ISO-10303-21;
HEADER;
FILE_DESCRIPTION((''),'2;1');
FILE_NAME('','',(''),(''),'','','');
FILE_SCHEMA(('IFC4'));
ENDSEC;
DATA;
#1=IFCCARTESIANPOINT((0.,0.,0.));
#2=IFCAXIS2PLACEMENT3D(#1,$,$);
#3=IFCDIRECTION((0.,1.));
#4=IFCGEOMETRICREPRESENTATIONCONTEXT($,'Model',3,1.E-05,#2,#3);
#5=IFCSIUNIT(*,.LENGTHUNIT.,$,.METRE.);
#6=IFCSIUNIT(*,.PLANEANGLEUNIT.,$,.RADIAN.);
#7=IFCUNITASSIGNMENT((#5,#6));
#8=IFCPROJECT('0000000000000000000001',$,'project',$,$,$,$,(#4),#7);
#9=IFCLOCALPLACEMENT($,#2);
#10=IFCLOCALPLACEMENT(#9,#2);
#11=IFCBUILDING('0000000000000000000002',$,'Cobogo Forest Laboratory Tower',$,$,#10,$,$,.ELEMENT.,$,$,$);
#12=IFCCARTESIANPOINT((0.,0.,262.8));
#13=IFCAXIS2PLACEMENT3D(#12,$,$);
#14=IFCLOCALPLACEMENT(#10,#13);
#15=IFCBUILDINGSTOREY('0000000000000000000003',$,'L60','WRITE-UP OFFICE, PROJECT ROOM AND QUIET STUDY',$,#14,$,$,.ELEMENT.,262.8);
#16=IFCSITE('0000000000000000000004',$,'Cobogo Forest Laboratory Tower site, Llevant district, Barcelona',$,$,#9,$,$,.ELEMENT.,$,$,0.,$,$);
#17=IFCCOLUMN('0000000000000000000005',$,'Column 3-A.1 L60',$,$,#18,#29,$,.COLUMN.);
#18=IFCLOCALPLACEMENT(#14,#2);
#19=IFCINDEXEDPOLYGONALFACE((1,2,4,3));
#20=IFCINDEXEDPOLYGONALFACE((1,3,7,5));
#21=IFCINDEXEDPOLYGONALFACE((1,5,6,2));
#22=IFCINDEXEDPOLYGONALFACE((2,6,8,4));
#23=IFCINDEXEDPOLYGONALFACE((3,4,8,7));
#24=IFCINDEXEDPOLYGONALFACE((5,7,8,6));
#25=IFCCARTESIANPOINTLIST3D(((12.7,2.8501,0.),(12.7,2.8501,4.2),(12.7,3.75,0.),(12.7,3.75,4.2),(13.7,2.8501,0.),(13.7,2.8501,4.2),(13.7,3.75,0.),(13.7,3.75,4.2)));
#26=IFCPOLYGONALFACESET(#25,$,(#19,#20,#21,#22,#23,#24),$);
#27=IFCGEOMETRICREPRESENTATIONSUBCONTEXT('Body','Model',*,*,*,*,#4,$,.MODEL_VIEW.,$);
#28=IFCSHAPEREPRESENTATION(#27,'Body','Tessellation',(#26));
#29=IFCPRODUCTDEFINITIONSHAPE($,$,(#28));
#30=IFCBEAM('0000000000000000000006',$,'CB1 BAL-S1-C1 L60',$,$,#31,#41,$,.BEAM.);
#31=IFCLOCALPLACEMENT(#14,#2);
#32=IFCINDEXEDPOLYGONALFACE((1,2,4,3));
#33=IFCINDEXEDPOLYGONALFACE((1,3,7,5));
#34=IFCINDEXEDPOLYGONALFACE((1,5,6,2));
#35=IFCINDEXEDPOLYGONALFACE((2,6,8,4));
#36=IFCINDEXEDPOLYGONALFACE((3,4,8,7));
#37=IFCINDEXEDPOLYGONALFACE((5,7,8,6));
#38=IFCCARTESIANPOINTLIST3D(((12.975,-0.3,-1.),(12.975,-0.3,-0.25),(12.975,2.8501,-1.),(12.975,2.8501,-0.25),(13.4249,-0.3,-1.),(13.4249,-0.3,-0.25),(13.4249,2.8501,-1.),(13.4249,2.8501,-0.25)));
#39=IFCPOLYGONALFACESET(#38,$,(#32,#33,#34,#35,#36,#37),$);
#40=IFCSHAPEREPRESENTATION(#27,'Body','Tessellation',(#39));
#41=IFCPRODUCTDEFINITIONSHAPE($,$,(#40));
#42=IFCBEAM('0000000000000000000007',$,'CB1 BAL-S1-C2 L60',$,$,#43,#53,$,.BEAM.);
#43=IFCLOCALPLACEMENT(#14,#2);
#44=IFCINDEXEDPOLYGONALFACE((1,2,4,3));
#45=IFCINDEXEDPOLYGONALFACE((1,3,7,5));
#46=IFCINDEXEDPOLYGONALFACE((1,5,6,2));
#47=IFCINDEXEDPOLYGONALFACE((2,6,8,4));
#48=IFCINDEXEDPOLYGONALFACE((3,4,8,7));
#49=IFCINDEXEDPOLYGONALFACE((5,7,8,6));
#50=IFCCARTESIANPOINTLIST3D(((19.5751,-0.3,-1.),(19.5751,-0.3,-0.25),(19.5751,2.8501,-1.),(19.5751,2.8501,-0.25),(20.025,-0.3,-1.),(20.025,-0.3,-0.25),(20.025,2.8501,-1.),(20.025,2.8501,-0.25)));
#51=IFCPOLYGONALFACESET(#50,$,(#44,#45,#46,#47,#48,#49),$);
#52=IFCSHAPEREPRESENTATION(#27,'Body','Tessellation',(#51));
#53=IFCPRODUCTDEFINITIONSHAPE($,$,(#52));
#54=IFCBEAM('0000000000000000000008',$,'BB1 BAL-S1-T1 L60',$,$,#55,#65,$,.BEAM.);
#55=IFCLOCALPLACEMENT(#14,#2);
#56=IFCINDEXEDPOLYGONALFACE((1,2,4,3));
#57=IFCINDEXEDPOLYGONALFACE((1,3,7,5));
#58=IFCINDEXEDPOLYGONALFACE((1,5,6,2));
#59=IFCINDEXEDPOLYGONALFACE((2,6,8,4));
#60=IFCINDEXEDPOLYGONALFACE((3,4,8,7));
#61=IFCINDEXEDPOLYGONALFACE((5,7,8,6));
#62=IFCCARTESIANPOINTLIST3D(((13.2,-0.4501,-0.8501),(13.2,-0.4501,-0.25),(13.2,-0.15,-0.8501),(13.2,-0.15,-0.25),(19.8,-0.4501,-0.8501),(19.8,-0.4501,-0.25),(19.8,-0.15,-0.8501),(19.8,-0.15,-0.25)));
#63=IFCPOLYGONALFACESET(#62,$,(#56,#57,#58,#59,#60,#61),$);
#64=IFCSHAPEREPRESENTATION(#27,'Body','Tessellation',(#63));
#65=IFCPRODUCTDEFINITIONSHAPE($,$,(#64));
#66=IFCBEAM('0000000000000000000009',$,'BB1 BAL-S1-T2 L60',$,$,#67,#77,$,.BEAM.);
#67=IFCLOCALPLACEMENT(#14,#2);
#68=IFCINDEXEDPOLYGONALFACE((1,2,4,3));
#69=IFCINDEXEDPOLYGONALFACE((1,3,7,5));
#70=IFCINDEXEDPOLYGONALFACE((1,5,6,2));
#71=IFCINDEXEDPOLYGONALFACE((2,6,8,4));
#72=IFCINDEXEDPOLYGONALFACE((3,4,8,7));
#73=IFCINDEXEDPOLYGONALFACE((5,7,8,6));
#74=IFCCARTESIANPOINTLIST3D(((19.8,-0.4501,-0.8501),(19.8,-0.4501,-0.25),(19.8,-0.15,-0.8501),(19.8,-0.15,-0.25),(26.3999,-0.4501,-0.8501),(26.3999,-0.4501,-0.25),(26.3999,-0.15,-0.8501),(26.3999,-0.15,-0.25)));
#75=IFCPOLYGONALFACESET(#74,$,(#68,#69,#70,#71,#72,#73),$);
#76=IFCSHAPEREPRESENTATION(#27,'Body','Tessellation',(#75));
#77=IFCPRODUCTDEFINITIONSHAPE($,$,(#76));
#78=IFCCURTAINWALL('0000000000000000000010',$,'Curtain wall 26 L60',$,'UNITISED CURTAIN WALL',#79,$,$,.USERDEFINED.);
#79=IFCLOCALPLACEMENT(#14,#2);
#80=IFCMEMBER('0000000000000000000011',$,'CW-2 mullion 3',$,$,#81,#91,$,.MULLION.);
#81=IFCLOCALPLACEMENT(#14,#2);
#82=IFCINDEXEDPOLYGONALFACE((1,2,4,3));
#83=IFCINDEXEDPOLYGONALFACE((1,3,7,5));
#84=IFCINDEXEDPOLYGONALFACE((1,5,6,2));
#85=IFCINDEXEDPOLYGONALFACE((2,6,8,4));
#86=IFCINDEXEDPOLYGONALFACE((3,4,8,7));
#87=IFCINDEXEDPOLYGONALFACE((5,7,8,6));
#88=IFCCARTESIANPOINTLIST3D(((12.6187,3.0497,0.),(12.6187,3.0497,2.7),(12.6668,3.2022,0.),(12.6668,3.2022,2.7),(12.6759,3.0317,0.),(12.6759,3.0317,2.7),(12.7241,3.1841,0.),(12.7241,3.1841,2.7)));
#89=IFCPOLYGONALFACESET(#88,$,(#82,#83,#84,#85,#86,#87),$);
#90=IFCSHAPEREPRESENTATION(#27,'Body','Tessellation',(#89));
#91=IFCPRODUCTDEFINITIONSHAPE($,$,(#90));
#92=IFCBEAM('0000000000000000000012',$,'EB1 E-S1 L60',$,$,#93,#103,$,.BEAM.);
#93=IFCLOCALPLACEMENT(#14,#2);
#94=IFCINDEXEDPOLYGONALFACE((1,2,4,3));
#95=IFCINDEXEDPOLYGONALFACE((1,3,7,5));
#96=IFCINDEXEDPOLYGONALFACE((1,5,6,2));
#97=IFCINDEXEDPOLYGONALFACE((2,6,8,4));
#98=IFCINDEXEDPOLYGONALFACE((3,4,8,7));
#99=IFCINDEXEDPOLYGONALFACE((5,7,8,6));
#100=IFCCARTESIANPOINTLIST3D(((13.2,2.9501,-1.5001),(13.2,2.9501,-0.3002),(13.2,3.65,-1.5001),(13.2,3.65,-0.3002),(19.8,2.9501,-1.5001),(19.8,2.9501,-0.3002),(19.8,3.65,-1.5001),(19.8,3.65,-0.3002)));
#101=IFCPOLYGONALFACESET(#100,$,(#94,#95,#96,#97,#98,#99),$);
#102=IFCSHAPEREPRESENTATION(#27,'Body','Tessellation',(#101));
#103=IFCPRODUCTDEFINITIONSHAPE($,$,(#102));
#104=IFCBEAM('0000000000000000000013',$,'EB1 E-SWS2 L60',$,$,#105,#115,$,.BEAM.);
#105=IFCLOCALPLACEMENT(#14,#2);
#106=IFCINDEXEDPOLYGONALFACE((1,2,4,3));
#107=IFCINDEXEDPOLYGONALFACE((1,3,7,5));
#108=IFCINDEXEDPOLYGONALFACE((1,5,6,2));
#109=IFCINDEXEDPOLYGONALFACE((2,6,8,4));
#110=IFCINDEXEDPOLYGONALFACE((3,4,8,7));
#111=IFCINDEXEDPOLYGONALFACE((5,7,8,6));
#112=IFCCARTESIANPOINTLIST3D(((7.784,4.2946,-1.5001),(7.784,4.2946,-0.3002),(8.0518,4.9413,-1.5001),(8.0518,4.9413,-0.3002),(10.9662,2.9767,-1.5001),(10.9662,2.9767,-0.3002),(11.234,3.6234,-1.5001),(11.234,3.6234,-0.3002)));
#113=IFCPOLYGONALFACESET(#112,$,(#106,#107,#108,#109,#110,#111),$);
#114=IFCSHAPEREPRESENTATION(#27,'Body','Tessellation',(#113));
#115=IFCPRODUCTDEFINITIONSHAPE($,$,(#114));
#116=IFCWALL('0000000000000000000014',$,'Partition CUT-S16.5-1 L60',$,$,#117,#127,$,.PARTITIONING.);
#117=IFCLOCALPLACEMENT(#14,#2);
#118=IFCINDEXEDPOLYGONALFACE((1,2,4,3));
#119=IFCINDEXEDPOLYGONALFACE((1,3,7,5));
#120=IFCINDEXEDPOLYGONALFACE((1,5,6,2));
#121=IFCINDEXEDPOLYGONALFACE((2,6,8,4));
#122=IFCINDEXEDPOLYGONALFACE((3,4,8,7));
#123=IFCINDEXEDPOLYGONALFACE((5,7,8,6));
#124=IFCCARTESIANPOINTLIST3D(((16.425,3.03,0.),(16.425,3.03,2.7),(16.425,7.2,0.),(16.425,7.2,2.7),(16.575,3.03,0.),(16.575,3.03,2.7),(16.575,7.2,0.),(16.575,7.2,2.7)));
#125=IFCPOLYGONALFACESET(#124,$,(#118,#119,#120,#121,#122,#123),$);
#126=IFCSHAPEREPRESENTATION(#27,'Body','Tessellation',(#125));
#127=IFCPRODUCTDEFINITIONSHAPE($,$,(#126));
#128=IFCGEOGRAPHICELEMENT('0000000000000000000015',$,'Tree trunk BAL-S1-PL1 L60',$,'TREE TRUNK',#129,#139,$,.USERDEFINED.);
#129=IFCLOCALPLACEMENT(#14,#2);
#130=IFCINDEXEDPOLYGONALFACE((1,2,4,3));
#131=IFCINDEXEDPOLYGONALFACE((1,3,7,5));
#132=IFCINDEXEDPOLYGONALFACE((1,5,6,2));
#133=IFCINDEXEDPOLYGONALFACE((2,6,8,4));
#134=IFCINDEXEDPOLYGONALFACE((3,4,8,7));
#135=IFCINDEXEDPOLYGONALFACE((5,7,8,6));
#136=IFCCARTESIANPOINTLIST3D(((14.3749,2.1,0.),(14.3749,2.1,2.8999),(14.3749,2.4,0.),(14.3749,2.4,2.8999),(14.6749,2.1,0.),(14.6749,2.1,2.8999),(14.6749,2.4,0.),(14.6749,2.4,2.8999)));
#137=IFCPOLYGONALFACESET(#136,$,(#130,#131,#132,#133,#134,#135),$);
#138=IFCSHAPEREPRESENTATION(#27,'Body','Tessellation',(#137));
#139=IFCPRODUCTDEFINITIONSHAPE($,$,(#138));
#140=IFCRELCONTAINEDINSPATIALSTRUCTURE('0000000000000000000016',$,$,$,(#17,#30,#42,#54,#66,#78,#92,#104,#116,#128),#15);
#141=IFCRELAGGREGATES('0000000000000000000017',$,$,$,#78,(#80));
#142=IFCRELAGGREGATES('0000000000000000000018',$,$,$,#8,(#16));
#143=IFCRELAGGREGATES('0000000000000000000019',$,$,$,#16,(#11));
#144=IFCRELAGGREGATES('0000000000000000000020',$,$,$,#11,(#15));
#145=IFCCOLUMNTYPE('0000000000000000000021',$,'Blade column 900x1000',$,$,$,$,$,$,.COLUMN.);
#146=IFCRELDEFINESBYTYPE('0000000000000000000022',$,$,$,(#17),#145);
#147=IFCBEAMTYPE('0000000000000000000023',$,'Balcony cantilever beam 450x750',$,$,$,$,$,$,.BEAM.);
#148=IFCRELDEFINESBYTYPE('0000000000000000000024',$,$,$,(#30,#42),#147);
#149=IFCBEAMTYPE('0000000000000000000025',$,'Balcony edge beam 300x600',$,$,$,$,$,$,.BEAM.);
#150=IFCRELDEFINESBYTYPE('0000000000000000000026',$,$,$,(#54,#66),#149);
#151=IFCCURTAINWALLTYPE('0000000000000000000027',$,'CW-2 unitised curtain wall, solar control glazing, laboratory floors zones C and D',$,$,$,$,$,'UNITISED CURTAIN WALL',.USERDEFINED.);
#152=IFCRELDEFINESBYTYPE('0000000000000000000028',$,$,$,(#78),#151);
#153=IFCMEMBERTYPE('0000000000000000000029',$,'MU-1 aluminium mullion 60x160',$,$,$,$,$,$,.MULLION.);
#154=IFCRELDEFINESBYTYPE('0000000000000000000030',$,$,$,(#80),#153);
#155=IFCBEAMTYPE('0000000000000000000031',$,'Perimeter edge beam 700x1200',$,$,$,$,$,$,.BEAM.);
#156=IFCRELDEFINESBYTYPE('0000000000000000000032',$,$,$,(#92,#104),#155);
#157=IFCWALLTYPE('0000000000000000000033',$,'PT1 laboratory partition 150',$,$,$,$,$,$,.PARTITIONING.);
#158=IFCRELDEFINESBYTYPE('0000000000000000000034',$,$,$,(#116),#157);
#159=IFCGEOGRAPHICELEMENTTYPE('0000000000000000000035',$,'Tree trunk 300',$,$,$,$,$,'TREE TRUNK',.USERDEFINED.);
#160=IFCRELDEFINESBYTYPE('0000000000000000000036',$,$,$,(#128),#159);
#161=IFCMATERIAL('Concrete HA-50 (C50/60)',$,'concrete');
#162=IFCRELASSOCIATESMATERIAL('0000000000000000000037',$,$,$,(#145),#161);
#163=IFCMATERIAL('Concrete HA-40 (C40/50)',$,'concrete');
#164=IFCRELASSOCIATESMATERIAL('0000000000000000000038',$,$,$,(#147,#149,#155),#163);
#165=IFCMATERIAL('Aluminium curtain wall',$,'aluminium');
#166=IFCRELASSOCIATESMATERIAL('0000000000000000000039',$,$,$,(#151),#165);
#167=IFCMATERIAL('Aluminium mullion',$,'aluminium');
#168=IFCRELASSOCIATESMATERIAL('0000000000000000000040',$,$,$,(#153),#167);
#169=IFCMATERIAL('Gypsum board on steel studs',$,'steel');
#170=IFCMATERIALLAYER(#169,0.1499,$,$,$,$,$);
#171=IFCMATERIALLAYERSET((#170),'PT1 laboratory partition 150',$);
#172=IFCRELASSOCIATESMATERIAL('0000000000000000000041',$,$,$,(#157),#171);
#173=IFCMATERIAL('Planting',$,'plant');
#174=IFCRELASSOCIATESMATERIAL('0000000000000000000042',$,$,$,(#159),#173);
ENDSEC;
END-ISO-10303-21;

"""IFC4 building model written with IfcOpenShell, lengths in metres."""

from ifc_helpers import new_model, si_unit, direction, frame, frame_2d, origin, origin_2d, place, context, subcontext, project, spatial, rectangle, extrude, material, layer, layer_set, material_profile, profile_set, type_object, element, aggregate, save


model = new_model("IFC4")

# Units and contexts
model_context = context("Model", 3, precision=1e-05, world=origin(), true_north=direction((0.0, 1.0)))
body_context = subcontext(model_context, "Body", "Model", "MODEL_VIEW")
ifc_project = project(units=[si_unit("LENGTHUNIT", "METRE"), si_unit("PLANEANGLEUNIT", "RADIAN")], contexts=[model_context])

# Site, building, storey
site_placement = place(None, origin())
site = spatial("IfcSite", under=ifc_project, at=site_placement, Name="Cobogo Forest Laboratory Tower site, Llevant district, Barcelona", CompositionType="ELEMENT", RefElevation=0.0)
building_placement = place(site_placement, origin())
building = spatial("IfcBuilding", under=site, at=building_placement, Name="Cobogo Forest Laboratory Tower", CompositionType="ELEMENT")
storey_placement = place(building_placement, frame((0.0, 0.0, 262.8)))
storey = spatial("IfcBuildingStorey", under=building, at=storey_placement, Name="L60", Description="WRITE-UP OFFICE, PROJECT ROOM AND QUIET STUDY", CompositionType="ELEMENT", Elevation=262.8)

# Column
ifc_material_1 = material(Name="Concrete HA-50 (C50/60)", Category="concrete")
ifc_material_profile_1 = material_profile(ifc_material_1, rectangle(XDim=1.0, YDim=0.8999, at=origin_2d()), Name="RC 900x1000")
ifc_profile_set_1 = profile_set([ifc_material_profile_1], Name="Concrete HA-50 (C50/60)")
column_type = type_object("IfcColumnType", Name="Blade column 900x1000", PredefinedType="COLUMN", material=ifc_profile_set_1)
column_placement = place(storey_placement, frame((13.2, 3.3, 0.0), z_axis=(0.0, 0.0, 1.0), x_axis=(1.0, 0.0, 0.0)))
element("IfcColumn", 1, at=column_placement, inside=storey, type_object=column_type, Name="Column 3-A.1 L60", PredefinedType="COLUMN", context=body_context, shape_type="SweptSolid", body=[
    extrude(rectangle(XDim=1.0, YDim=0.8999, at=origin_2d()), origin(), (0.0, 0.0, 1.0), 4.2),
])

# Beams
ifc_material_2 = material(Name="Concrete HA-40 (C40/50)", Category="concrete")
ifc_material_profile_2 = material_profile(ifc_material_2, rectangle(XDim=0.45, YDim=0.75, at=origin_2d()), Name="RC 450x750")
ifc_profile_set_2 = profile_set([ifc_material_profile_2], Name="Concrete HA-40 (C40/50)")
beam_type_1 = type_object("IfcBeamType", Name="Balcony cantilever beam 450x750", PredefinedType="BEAM", material=ifc_profile_set_2)
for number, where, z_axis, x_axis, name in (
    (2, (13.2, 2.8501, -0.625), (0.0, -1.0, 0.0), (1.0, 0.0, 0.0), "CB1 BAL-S1-C1 L60"),
    (3, (19.8, 2.8501, -0.625), (0.0, -1.0, 0.0), (1.0, 0.0, 0.0), "CB1 BAL-S1-C2 L60"),
):
    element("IfcBeam", number, at=place(storey_placement, frame(where, z_axis=z_axis, x_axis=x_axis)), inside=storey, type_object=beam_type_1, Name=name, PredefinedType="BEAM", context=body_context, shape_type="SweptSolid", body=[
        extrude(rectangle(XDim=0.45, YDim=0.75, at=origin_2d()), origin(), (0.0, 0.0, 1.0), 3.1501),
    ])
ifc_material_profile_3 = material_profile(ifc_material_2, rectangle(XDim=0.3, YDim=0.6001, at=origin_2d()), Name="RC 300x600")
ifc_profile_set_3 = profile_set([ifc_material_profile_3], Name="Concrete HA-40 (C40/50)")
beam_type_2 = type_object("IfcBeamType", Name="Balcony edge beam 300x600", PredefinedType="BEAM", material=ifc_profile_set_3)
beam_1_placement = place(storey_placement, frame((13.2, -0.3, -0.55), z_axis=(1.0, 0.0, 0.0), x_axis=(0.0, 1.0, 0.0)))
element("IfcBeam", 4, at=beam_1_placement, inside=storey, type_object=beam_type_2, Name="BB1 BAL-S1-T1 L60", PredefinedType="BEAM", context=body_context, shape_type="SweptSolid", body=[
    extrude(rectangle(XDim=0.3, YDim=0.6001, at=origin_2d()), origin(), (0.0, 0.0, 1.0), 6.6001),
])
beam_2_placement = place(storey_placement, frame((19.8, -0.3, -0.55), z_axis=(1.0, 0.0, 0.0), x_axis=(0.0, 1.0, 0.0)))
element("IfcBeam", 5, at=beam_2_placement, inside=storey, type_object=beam_type_2, Name="BB1 BAL-S1-T2 L60", PredefinedType="BEAM", context=body_context, shape_type="SweptSolid", body=[
    extrude(rectangle(XDim=0.3, YDim=0.6001, at=origin_2d()), origin(), (0.0, 0.0, 1.0), 6.5999),
])

# Curtain wall, member
ifc_material_3 = material(Name="Aluminium curtain wall", Category="aluminium")
curtain_wall_type = type_object("IfcCurtainWallType", Name="CW-2 unitised curtain wall, solar control glazing, laboratory floors zones C and D", ElementType="UNITISED CURTAIN WALL", PredefinedType="USERDEFINED", material=ifc_material_3)
curtain_wall_placement = place(storey_placement, origin())
curtain_wall = element("IfcCurtainWall", 6, at=curtain_wall_placement, inside=storey, type_object=curtain_wall_type, Name="Curtain wall 26 L60", ObjectType="UNITISED CURTAIN WALL", PredefinedType="USERDEFINED")
ifc_material_4 = material(Name="Aluminium mullion", Category="aluminium")
ifc_material_profile_4 = material_profile(ifc_material_4, rectangle(XDim=0.0601, YDim=0.1599, at=origin_2d()), Name="AL 60x160")
ifc_profile_set_4 = profile_set([ifc_material_profile_4], Name="Aluminium mullion")
member_type = type_object("IfcMemberType", Name="MU-1 aluminium mullion 60x160", PredefinedType="MULLION", material=ifc_profile_set_4)
member_placement = place(storey_placement, frame((12.6714, 3.1169, 0.0), z_axis=(0.0, 0.0, 1.0), x_axis=(0.953581, -0.301135, 0.0)))
member = element("IfcMember", 7, at=member_placement, type_object=member_type, Name="CW-2 mullion 3", PredefinedType="MULLION", context=body_context, shape_type="SweptSolid", body=[
    extrude(rectangle(XDim=0.0601, YDim=0.1599, at=origin_2d()), origin(), (0.0, 0.0, 1.0), 2.7),
])
aggregate(curtain_wall, [member])

# Beams
ifc_material_profile_5 = material_profile(ifc_material_2, rectangle(XDim=0.7, YDim=1.2, at=origin_2d()), Name="RC 700x1200")
ifc_profile_set_5 = profile_set([ifc_material_profile_5], Name="Concrete HA-40 (C40/50)")
beam_type_3 = type_object("IfcBeamType", Name="Perimeter edge beam 700x1200", PredefinedType="BEAM", material=ifc_profile_set_5)
beam_3_placement = place(storey_placement, frame((13.2, 3.3, -0.9001), z_axis=(1.0, 0.0, 0.0), x_axis=(0.0, 1.0, 0.0)))
element("IfcBeam", 8, at=beam_3_placement, inside=storey, type_object=beam_type_3, Name="EB1 E-S1 L60", PredefinedType="BEAM", context=body_context, shape_type="SweptSolid", body=[
    extrude(rectangle(XDim=0.7, YDim=1.2, at=origin_2d()), origin(), (0.0, 0.0, 1.0), 6.6001),
])
beam_4_placement = place(storey_placement, frame((11.1001, 3.3, -0.9001), z_axis=(-0.923901, 0.382631, 0.0), x_axis=(-0.382631, -0.923901, 0.0)))
element("IfcBeam", 9, at=beam_4_placement, inside=storey, type_object=beam_type_3, Name="EB1 E-SWS2 L60", PredefinedType="BEAM", context=body_context, shape_type="SweptSolid", body=[
    extrude(rectangle(XDim=0.7, YDim=1.2, at=origin_2d()), origin(), (0.0, 0.0, 1.0), 3.4443),
])

# Wall
ifc_material_5 = material(Name="Gypsum board on steel studs", Category="steel")
ifc_layer_1 = layer(ifc_material_5, 0.1499)
ifc_layer_set_1 = layer_set([ifc_layer_1], Name="PT1 laboratory partition 150")
wall_type_1 = type_object("IfcWallType", Name="PT1 laboratory partition 150", PredefinedType="PARTITIONING", material=ifc_layer_set_1)
wall_1_placement = place(storey_placement, frame((16.5, 3.03, 0.0), z_axis=(0.0, 0.0, 1.0), x_axis=(0.0, 1.0, 0.0)))
element("IfcWall", 10, at=wall_1_placement, inside=storey, type_object=wall_type_1, Name="Partition CUT-S16.5-1 L60", PredefinedType="PARTITIONING", context=body_context, shape_type="SweptSolid", body=[
    extrude(rectangle(XDim=4.1699, YDim=0.1499, at=frame_2d((2.085, 0.0))), origin(), (0.0, 0.0, 1.0), 2.7),
])

# Geographic element
ifc_material_6 = material(Name="Planting", Category="plant")
geographic_element_type = type_object("IfcGeographicElementType", Name="Tree trunk 300", ElementType="TREE TRUNK", PredefinedType="USERDEFINED", material=ifc_material_6)
geographic_element_placement = place(storey_placement, frame((14.5249, 2.25, 0.0), z_axis=(0.0, 0.0, 1.0), x_axis=(1.0, 0.0, 0.0)))
element("IfcGeographicElement", 11, at=geographic_element_placement, inside=storey, type_object=geographic_element_type, Name="Tree trunk BAL-S1-PL1 L60", ObjectType="TREE TRUNK", PredefinedType="USERDEFINED", context=body_context, shape_type="SweptSolid", body=[
    extrude(rectangle(XDim=0.3, YDim=0.3, at=origin_2d()), origin(), (0.0, 0.0, 1.0), 2.8999),
])

save(model, "model.ifc")
